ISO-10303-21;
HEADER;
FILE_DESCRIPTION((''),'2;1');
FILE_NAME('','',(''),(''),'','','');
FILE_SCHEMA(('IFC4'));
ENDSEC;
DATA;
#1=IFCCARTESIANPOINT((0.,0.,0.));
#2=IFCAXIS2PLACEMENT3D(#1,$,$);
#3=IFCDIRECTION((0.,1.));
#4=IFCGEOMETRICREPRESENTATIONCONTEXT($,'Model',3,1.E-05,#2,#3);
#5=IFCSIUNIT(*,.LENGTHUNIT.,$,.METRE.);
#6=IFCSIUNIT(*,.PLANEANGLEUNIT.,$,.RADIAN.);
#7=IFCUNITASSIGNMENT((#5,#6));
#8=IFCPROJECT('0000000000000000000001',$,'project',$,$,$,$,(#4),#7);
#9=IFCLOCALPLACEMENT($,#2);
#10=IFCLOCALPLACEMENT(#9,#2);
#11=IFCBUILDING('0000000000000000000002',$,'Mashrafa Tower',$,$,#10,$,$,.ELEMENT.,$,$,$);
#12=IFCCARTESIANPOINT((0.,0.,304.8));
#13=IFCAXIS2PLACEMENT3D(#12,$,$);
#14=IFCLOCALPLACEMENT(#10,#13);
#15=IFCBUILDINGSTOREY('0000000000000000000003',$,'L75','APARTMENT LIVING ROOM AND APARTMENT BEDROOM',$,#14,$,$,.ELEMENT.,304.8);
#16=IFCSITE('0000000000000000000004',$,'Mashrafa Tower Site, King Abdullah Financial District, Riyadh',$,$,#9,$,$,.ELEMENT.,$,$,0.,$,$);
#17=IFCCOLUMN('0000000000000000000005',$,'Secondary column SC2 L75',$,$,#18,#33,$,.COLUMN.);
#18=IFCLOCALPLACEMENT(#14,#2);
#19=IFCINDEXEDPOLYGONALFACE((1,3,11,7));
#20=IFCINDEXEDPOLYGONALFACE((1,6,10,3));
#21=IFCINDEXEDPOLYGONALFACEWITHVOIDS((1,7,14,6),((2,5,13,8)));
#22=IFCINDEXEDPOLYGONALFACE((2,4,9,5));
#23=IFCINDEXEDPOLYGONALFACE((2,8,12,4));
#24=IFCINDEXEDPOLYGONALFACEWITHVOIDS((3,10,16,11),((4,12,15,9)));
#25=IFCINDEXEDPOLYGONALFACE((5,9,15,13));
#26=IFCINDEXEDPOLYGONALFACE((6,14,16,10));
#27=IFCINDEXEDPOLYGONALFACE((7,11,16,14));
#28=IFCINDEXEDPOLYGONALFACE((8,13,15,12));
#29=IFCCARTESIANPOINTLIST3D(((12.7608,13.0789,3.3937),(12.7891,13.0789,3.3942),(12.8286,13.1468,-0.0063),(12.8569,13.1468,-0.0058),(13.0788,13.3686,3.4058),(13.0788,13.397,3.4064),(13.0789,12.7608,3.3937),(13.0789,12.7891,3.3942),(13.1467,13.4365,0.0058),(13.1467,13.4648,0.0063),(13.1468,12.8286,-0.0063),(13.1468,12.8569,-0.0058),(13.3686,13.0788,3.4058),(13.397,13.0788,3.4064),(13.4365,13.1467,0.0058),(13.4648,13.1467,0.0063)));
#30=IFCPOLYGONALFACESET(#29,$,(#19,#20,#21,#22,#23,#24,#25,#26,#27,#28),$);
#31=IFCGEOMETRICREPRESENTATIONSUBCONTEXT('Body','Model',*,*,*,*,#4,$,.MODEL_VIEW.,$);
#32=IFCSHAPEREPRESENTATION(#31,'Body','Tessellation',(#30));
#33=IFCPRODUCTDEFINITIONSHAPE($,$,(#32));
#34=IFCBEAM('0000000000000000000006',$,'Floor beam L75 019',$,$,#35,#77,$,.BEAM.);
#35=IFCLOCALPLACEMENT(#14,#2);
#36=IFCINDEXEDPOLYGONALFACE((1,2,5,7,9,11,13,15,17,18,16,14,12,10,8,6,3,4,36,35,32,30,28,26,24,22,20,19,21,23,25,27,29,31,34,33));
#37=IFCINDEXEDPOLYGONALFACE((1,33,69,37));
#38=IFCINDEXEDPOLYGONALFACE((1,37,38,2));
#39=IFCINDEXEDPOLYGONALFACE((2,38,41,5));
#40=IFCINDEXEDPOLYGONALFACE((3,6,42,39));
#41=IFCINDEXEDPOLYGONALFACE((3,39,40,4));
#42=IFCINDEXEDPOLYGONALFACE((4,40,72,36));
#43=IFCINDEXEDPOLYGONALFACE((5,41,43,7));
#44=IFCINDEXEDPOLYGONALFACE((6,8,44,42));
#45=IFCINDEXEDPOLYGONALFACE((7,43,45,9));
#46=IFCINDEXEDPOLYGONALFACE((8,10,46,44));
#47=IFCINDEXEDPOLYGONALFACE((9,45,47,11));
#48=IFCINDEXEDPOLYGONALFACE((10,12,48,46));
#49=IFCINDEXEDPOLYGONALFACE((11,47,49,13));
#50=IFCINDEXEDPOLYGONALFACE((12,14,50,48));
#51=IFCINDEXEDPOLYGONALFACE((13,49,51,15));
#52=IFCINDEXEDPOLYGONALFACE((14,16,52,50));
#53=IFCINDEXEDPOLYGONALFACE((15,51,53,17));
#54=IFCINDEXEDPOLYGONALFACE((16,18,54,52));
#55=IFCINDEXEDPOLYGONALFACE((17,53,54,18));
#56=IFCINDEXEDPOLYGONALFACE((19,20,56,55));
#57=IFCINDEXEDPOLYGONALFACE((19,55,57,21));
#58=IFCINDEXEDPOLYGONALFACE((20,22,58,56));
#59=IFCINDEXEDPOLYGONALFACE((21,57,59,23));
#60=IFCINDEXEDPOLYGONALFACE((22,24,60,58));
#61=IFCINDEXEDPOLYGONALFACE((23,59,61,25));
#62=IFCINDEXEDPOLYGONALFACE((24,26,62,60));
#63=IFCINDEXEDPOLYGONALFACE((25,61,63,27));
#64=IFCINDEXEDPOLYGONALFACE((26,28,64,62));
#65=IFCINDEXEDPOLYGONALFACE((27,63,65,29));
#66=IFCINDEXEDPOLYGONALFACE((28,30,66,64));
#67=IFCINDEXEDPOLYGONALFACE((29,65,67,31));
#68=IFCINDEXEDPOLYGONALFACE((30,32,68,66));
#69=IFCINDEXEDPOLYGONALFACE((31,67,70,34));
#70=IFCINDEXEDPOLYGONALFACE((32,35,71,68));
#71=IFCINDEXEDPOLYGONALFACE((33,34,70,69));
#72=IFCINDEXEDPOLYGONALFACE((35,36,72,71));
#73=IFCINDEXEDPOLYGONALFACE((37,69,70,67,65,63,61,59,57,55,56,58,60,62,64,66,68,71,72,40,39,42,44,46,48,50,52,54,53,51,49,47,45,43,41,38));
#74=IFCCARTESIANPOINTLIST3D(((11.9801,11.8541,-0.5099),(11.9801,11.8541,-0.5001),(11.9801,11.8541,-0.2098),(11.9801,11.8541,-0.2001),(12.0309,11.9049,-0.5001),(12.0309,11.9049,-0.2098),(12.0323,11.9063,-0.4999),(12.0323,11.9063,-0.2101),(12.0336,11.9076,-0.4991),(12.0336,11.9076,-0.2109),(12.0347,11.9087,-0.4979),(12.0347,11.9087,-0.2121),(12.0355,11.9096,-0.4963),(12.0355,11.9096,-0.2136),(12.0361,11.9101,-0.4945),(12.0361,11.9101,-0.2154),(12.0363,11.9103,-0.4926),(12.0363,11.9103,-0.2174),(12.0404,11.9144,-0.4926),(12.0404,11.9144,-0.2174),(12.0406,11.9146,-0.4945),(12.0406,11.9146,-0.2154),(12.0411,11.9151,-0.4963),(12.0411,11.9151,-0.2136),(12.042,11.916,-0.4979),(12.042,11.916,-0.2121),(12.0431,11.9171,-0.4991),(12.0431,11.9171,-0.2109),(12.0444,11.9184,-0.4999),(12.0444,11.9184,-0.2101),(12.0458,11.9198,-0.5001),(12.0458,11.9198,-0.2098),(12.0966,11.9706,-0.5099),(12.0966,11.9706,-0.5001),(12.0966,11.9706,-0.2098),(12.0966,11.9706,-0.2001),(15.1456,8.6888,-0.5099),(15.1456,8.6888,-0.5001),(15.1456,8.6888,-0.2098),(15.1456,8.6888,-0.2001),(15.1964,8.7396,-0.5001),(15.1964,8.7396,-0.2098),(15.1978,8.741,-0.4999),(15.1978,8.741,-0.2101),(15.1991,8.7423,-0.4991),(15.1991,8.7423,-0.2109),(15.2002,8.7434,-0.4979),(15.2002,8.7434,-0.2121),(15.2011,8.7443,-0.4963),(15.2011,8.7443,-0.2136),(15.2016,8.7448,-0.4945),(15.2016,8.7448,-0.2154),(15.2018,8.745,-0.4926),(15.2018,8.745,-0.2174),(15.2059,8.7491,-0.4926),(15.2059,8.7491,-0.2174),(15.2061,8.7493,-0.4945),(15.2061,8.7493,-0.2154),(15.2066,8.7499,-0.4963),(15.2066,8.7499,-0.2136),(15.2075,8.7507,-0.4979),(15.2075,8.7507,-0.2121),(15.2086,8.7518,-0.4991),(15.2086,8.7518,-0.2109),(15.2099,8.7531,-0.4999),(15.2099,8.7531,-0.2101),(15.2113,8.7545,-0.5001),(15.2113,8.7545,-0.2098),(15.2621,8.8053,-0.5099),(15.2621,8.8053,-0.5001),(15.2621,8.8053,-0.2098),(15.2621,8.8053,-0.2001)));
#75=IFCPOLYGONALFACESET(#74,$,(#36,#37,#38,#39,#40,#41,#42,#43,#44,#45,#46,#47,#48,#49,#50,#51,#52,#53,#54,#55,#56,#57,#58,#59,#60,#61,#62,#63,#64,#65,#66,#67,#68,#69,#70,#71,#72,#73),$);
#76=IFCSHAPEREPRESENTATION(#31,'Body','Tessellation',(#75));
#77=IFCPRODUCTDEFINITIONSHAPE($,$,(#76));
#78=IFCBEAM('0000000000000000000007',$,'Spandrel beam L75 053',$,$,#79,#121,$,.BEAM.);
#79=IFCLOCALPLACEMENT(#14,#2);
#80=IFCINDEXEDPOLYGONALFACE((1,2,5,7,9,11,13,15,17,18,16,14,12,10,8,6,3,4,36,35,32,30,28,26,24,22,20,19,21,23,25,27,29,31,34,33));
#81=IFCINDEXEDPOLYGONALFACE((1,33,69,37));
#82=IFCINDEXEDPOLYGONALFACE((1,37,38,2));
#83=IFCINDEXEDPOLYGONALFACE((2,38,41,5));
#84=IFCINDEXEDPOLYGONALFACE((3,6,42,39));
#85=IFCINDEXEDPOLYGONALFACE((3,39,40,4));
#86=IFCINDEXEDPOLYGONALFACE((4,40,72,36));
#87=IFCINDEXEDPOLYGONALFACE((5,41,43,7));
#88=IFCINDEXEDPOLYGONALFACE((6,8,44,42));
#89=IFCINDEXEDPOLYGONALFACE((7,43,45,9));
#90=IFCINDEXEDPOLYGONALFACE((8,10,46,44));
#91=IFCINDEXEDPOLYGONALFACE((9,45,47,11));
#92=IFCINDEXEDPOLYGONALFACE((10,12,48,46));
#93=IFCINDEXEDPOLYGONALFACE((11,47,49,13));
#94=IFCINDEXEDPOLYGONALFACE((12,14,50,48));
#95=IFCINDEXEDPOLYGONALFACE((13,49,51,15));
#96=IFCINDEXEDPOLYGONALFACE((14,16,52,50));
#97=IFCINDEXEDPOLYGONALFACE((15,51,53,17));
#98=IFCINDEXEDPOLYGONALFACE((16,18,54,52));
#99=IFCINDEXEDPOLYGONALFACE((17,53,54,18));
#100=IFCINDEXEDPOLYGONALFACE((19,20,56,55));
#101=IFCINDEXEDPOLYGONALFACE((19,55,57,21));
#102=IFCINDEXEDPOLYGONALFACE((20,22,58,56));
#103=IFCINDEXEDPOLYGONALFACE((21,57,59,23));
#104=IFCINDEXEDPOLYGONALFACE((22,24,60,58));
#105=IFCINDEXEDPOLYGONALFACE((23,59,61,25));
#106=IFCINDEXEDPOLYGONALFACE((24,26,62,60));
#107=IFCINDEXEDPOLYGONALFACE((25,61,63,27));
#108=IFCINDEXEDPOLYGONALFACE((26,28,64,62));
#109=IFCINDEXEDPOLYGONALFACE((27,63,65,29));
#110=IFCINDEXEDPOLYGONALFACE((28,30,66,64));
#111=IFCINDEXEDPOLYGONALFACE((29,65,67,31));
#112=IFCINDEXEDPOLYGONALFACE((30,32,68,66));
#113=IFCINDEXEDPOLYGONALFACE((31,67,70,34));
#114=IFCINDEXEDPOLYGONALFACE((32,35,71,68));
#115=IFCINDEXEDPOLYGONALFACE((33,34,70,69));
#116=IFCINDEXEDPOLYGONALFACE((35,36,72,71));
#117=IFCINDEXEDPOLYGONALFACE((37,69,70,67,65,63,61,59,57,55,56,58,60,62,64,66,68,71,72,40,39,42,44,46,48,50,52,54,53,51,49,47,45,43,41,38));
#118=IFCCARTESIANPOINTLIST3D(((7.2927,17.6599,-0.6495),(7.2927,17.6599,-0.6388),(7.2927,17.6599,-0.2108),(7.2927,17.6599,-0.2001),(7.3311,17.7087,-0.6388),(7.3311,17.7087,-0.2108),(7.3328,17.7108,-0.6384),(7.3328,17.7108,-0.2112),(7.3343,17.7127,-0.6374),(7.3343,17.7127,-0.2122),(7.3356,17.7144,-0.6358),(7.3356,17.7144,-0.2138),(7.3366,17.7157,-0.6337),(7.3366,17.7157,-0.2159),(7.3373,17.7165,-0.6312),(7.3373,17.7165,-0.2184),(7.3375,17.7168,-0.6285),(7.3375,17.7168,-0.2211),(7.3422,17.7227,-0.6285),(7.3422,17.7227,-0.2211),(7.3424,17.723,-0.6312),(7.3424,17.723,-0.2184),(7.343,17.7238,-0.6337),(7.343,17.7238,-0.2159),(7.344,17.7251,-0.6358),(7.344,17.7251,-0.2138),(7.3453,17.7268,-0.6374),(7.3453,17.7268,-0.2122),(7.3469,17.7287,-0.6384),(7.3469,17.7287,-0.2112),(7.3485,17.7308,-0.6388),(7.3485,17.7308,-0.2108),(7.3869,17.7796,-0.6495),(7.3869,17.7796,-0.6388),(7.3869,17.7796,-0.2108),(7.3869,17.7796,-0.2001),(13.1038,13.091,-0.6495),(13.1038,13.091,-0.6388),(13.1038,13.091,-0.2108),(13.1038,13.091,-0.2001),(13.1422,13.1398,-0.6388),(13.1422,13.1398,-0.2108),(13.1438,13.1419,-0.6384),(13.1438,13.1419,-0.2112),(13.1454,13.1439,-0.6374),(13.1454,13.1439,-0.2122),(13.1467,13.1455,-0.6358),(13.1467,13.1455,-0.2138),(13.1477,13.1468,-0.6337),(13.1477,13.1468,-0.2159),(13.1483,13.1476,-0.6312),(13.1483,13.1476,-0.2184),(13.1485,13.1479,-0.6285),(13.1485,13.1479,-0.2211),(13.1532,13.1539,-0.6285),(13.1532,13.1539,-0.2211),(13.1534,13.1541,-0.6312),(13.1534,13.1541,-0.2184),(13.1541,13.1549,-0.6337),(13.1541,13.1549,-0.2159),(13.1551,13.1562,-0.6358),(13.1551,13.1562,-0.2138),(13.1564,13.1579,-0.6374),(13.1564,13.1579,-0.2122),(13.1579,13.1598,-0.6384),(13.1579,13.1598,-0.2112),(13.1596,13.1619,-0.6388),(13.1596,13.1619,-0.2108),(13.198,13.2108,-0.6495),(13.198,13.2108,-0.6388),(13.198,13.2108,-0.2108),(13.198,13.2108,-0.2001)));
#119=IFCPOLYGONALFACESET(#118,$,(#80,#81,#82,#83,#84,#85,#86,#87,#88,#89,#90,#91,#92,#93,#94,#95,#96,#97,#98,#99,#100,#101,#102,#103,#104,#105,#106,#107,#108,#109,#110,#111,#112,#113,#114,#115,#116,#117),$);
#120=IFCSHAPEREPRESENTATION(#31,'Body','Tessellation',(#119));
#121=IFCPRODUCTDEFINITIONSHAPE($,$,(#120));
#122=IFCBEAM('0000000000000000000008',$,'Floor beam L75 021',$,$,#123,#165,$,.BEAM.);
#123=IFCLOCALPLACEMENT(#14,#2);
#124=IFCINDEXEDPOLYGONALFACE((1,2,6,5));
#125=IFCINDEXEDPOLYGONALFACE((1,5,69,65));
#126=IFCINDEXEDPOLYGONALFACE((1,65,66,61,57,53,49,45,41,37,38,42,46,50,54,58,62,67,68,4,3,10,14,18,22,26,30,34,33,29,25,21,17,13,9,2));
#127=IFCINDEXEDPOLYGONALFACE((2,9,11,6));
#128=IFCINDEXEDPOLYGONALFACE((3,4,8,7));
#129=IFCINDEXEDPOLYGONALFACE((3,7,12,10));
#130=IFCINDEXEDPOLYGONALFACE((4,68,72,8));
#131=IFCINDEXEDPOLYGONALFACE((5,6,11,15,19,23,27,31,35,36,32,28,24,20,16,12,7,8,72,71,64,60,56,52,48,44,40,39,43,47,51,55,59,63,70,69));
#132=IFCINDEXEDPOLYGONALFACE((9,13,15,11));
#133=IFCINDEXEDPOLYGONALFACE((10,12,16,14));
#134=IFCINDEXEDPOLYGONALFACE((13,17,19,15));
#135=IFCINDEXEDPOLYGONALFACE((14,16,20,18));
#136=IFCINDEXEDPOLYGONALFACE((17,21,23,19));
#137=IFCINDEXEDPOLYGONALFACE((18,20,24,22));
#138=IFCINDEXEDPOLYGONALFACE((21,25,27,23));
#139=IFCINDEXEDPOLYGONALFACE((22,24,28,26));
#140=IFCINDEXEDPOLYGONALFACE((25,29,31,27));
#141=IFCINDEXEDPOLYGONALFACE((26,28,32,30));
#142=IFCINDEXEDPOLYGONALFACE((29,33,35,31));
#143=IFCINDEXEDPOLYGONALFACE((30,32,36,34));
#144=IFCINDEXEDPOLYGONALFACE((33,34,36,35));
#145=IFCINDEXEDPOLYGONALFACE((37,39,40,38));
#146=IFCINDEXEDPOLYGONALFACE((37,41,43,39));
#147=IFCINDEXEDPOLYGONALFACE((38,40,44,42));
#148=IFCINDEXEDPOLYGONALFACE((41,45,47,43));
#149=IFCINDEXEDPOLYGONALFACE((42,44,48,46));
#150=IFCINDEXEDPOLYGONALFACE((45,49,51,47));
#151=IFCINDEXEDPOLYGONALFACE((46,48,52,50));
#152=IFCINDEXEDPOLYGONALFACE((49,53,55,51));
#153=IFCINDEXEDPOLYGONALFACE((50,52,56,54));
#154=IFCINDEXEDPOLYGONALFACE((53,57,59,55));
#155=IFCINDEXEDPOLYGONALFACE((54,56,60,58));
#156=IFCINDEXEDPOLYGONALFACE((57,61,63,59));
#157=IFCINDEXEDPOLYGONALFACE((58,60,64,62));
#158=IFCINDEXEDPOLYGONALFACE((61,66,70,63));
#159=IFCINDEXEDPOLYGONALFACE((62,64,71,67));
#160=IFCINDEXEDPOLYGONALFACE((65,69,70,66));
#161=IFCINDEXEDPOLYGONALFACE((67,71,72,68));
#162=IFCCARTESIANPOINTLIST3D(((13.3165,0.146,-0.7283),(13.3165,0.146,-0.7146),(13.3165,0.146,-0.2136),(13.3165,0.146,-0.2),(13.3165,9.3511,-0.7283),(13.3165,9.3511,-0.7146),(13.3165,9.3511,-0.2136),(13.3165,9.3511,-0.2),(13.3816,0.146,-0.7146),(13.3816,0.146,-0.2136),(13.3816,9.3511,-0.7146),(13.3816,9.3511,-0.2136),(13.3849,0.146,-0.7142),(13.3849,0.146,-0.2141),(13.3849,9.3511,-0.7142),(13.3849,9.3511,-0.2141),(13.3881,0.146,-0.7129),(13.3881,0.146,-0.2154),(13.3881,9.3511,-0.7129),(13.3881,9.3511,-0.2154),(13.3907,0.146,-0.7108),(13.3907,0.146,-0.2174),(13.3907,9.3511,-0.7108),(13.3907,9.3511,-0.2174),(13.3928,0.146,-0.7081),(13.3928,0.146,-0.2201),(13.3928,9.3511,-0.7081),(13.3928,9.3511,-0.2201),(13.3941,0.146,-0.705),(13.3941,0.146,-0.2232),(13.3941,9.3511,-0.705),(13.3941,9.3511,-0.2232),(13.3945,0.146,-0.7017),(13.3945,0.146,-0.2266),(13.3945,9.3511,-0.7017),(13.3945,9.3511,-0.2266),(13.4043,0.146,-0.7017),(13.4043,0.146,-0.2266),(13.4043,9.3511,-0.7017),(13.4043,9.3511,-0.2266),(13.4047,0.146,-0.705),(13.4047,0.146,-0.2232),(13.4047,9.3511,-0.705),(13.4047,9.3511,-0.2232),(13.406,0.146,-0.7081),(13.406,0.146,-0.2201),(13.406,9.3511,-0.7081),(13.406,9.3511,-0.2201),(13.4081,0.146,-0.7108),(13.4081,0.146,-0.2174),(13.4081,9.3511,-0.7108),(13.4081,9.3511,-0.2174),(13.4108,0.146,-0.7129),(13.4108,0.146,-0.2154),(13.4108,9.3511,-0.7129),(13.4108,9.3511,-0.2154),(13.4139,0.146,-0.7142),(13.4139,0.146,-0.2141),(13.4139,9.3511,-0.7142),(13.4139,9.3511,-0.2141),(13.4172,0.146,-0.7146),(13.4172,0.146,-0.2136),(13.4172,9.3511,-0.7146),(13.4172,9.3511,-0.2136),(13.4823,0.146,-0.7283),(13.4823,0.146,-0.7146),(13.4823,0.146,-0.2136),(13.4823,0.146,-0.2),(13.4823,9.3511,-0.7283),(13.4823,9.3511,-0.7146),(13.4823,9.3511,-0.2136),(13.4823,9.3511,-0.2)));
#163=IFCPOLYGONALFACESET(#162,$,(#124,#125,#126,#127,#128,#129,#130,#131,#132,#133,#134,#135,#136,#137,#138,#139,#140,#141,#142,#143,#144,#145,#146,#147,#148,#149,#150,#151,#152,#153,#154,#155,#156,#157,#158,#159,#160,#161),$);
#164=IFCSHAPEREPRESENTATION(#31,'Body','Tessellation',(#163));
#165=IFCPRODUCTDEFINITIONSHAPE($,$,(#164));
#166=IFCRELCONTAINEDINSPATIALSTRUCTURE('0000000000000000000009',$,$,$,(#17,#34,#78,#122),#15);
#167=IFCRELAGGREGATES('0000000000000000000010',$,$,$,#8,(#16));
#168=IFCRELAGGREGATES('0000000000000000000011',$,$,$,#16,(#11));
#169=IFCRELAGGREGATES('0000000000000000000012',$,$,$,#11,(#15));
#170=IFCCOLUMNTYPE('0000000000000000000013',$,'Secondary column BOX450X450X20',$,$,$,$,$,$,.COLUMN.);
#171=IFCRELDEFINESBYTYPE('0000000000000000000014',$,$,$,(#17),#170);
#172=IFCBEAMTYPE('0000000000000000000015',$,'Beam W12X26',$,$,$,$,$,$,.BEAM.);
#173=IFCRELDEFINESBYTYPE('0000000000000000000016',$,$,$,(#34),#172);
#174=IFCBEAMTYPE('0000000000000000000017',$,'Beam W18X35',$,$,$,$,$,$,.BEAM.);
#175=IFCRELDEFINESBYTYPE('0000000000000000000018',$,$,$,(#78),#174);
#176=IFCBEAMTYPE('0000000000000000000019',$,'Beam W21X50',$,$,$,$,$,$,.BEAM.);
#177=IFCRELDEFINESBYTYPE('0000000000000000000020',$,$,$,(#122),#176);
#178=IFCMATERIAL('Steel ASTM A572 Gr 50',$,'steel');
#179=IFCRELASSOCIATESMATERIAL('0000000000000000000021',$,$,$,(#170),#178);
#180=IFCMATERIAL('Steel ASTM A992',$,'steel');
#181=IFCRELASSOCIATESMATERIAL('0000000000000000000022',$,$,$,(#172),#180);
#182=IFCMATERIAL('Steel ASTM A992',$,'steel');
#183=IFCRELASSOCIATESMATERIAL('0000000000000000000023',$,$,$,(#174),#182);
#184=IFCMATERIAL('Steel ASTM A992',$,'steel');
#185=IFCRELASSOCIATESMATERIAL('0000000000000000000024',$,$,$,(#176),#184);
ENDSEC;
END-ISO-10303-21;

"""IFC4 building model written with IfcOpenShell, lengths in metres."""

from ifc_helpers import new_model, si_unit, direction, frame, origin, origin_2d, place, context, subcontext, project, spatial, hollow_rectangle, i_section, extrude, material, material_profile, profile_set, type_object, element, save


model = new_model("IFC4")

# Units and contexts
model_context = context("Model", 3, precision=1e-05, world=origin(), true_north=direction((0.0, 1.0)))
body_context = subcontext(model_context, "Body", "Model", "MODEL_VIEW")
ifc_project = project(units=[si_unit("LENGTHUNIT", "METRE"), si_unit("PLANEANGLEUNIT", "RADIAN")], contexts=[model_context])

# Site, building, storey
site_placement = place(None, origin())
site = spatial("IfcSite", under=ifc_project, at=site_placement, Name="Mashrafa Tower Site, King Abdullah Financial District, Riyadh", CompositionType="ELEMENT", RefElevation=0.0)
building_placement = place(site_placement, origin())
building = spatial("IfcBuilding", under=site, at=building_placement, Name="Mashrafa Tower", CompositionType="ELEMENT")
storey_placement = place(building_placement, frame((0.0, 0.0, 304.8)))
storey = spatial("IfcBuildingStorey", under=building, at=storey_placement, Name="L75", Description="APARTMENT LIVING ROOM AND APARTMENT BEDROOM", CompositionType="ELEMENT", Elevation=304.8)

# Column
ifc_material_1 = material(Name="Steel ASTM A572 Gr 50", Category="steel")
ifc_material_profile_1 = material_profile(ifc_material_1, hollow_rectangle(XDim=0.45, YDim=0.45, WallThickness=0.02, at=origin_2d()), Name="BOX450X450X20")
ifc_profile_set_1 = profile_set([ifc_material_profile_1], Name="Steel ASTM A572 Gr 50")
column_type = type_object("IfcColumnType", Name="Secondary column BOX450X450X20", PredefinedType="COLUMN", material=ifc_profile_set_1)
column_placement = place(storey_placement, frame((13.1467, 13.1467, 0.0), z_axis=(-0.019955, -0.019955, 0.999602), x_axis=(0.707107, -0.707107, 0.0)))
element("IfcColumn", 1, at=column_placement, inside=storey, type_object=column_type, Name="Secondary column SC2 L75", PredefinedType="COLUMN", context=body_context, shape_type="SweptSolid", body=[
    extrude(hollow_rectangle(XDim=0.45, YDim=0.45, WallThickness=0.02, at=origin_2d()), origin(), (0.0, 0.0, 1.0), 3.4014),
])

# Beams
ifc_material_2 = material(Name="Steel ASTM A992", Category="steel")
ifc_material_profile_2 = material_profile(ifc_material_2, i_section(OverallWidth=0.1648, OverallDepth=0.3098, WebThickness=0.0059, FlangeThickness=0.0098, FilletRadius=0.0076, at=origin_2d()), Name="W12X26")
ifc_profile_set_2 = profile_set([ifc_material_profile_2], Name="Steel ASTM A992")
beam_type_1 = type_object("IfcBeamType", Name="Beam W12X26", PredefinedType="BEAM", material=ifc_profile_set_2)
beam_1_placement = place(storey_placement, frame((12.0383, 11.9124, -0.355), z_axis=(0.707134, -0.70708, 0.0), x_axis=(0.70708, 0.707134, 0.0)))
element("IfcBeam", 2, at=beam_1_placement, inside=storey, type_object=beam_type_1, Name="Floor beam L75 019", PredefinedType="BEAM", context=body_context, shape_type="SweptSolid", body=[
    extrude(i_section(OverallWidth=0.1648, OverallDepth=0.3098, WebThickness=0.0059, FlangeThickness=0.0098, FilletRadius=0.0076, at=origin_2d()), origin(), (0.0, 0.0, 1.0), 4.4766),
])
ifc_material_3 = material(Name="Steel ASTM A992", Category="steel")
ifc_material_profile_3 = material_profile(ifc_material_3, i_section(OverallWidth=0.1523, OverallDepth=0.4495, WebThickness=0.0076, FlangeThickness=0.0107, FilletRadius=0.0103, at=origin_2d()), Name="W18X35")
ifc_profile_set_3 = profile_set([ifc_material_profile_3], Name="Steel ASTM A992")
beam_type_2 = type_object("IfcBeamType", Name="Beam W18X35", PredefinedType="BEAM", material=ifc_profile_set_3)
beam_2_placement = place(storey_placement, frame((13.1509, 13.1509, -0.4248), z_axis=(-0.786119, 0.618075, 0.0), x_axis=(-0.618075, -0.786119, 0.0)))
element("IfcBeam", 3, at=beam_2_placement, inside=storey, type_object=beam_type_2, Name="Spandrel beam L75 053", PredefinedType="BEAM", context=body_context, shape_type="SweptSolid", body=[
    extrude(i_section(OverallWidth=0.1523, OverallDepth=0.4495, WebThickness=0.0076, FlangeThickness=0.0107, FilletRadius=0.0103, at=origin_2d()), origin(), (0.0, 0.0, 1.0), 7.3921),
])
ifc_material_4 = material(Name="Steel ASTM A992", Category="steel")
ifc_material_profile_4 = material_profile(ifc_material_4, i_section(OverallWidth=0.1658, OverallDepth=0.5283, WebThickness=0.0098, FlangeThickness=0.0137, FilletRadius=0.0129, at=origin_2d()), Name="W21X50")
ifc_profile_set_4 = profile_set([ifc_material_profile_4], Name="Steel ASTM A992")
beam_type_3 = type_object("IfcBeamType", Name="Beam W21X50", PredefinedType="BEAM", material=ifc_profile_set_4)
beam_3_placement = place(storey_placement, frame((13.3994, 9.3511, -0.4641), z_axis=(0.0, -1.0, 0.0), x_axis=(1.0, 0.0, 0.0)))
element("IfcBeam", 4, at=beam_3_placement, inside=storey, type_object=beam_type_3, Name="Floor beam L75 021", PredefinedType="BEAM", context=body_context, shape_type="SweptSolid", body=[
    extrude(i_section(OverallWidth=0.1658, OverallDepth=0.5283, WebThickness=0.0098, FlangeThickness=0.0137, FilletRadius=0.0129, at=origin_2d()), origin(), (0.0, 0.0, 1.0), 9.2051),
])

save(model, "model.ifc")
